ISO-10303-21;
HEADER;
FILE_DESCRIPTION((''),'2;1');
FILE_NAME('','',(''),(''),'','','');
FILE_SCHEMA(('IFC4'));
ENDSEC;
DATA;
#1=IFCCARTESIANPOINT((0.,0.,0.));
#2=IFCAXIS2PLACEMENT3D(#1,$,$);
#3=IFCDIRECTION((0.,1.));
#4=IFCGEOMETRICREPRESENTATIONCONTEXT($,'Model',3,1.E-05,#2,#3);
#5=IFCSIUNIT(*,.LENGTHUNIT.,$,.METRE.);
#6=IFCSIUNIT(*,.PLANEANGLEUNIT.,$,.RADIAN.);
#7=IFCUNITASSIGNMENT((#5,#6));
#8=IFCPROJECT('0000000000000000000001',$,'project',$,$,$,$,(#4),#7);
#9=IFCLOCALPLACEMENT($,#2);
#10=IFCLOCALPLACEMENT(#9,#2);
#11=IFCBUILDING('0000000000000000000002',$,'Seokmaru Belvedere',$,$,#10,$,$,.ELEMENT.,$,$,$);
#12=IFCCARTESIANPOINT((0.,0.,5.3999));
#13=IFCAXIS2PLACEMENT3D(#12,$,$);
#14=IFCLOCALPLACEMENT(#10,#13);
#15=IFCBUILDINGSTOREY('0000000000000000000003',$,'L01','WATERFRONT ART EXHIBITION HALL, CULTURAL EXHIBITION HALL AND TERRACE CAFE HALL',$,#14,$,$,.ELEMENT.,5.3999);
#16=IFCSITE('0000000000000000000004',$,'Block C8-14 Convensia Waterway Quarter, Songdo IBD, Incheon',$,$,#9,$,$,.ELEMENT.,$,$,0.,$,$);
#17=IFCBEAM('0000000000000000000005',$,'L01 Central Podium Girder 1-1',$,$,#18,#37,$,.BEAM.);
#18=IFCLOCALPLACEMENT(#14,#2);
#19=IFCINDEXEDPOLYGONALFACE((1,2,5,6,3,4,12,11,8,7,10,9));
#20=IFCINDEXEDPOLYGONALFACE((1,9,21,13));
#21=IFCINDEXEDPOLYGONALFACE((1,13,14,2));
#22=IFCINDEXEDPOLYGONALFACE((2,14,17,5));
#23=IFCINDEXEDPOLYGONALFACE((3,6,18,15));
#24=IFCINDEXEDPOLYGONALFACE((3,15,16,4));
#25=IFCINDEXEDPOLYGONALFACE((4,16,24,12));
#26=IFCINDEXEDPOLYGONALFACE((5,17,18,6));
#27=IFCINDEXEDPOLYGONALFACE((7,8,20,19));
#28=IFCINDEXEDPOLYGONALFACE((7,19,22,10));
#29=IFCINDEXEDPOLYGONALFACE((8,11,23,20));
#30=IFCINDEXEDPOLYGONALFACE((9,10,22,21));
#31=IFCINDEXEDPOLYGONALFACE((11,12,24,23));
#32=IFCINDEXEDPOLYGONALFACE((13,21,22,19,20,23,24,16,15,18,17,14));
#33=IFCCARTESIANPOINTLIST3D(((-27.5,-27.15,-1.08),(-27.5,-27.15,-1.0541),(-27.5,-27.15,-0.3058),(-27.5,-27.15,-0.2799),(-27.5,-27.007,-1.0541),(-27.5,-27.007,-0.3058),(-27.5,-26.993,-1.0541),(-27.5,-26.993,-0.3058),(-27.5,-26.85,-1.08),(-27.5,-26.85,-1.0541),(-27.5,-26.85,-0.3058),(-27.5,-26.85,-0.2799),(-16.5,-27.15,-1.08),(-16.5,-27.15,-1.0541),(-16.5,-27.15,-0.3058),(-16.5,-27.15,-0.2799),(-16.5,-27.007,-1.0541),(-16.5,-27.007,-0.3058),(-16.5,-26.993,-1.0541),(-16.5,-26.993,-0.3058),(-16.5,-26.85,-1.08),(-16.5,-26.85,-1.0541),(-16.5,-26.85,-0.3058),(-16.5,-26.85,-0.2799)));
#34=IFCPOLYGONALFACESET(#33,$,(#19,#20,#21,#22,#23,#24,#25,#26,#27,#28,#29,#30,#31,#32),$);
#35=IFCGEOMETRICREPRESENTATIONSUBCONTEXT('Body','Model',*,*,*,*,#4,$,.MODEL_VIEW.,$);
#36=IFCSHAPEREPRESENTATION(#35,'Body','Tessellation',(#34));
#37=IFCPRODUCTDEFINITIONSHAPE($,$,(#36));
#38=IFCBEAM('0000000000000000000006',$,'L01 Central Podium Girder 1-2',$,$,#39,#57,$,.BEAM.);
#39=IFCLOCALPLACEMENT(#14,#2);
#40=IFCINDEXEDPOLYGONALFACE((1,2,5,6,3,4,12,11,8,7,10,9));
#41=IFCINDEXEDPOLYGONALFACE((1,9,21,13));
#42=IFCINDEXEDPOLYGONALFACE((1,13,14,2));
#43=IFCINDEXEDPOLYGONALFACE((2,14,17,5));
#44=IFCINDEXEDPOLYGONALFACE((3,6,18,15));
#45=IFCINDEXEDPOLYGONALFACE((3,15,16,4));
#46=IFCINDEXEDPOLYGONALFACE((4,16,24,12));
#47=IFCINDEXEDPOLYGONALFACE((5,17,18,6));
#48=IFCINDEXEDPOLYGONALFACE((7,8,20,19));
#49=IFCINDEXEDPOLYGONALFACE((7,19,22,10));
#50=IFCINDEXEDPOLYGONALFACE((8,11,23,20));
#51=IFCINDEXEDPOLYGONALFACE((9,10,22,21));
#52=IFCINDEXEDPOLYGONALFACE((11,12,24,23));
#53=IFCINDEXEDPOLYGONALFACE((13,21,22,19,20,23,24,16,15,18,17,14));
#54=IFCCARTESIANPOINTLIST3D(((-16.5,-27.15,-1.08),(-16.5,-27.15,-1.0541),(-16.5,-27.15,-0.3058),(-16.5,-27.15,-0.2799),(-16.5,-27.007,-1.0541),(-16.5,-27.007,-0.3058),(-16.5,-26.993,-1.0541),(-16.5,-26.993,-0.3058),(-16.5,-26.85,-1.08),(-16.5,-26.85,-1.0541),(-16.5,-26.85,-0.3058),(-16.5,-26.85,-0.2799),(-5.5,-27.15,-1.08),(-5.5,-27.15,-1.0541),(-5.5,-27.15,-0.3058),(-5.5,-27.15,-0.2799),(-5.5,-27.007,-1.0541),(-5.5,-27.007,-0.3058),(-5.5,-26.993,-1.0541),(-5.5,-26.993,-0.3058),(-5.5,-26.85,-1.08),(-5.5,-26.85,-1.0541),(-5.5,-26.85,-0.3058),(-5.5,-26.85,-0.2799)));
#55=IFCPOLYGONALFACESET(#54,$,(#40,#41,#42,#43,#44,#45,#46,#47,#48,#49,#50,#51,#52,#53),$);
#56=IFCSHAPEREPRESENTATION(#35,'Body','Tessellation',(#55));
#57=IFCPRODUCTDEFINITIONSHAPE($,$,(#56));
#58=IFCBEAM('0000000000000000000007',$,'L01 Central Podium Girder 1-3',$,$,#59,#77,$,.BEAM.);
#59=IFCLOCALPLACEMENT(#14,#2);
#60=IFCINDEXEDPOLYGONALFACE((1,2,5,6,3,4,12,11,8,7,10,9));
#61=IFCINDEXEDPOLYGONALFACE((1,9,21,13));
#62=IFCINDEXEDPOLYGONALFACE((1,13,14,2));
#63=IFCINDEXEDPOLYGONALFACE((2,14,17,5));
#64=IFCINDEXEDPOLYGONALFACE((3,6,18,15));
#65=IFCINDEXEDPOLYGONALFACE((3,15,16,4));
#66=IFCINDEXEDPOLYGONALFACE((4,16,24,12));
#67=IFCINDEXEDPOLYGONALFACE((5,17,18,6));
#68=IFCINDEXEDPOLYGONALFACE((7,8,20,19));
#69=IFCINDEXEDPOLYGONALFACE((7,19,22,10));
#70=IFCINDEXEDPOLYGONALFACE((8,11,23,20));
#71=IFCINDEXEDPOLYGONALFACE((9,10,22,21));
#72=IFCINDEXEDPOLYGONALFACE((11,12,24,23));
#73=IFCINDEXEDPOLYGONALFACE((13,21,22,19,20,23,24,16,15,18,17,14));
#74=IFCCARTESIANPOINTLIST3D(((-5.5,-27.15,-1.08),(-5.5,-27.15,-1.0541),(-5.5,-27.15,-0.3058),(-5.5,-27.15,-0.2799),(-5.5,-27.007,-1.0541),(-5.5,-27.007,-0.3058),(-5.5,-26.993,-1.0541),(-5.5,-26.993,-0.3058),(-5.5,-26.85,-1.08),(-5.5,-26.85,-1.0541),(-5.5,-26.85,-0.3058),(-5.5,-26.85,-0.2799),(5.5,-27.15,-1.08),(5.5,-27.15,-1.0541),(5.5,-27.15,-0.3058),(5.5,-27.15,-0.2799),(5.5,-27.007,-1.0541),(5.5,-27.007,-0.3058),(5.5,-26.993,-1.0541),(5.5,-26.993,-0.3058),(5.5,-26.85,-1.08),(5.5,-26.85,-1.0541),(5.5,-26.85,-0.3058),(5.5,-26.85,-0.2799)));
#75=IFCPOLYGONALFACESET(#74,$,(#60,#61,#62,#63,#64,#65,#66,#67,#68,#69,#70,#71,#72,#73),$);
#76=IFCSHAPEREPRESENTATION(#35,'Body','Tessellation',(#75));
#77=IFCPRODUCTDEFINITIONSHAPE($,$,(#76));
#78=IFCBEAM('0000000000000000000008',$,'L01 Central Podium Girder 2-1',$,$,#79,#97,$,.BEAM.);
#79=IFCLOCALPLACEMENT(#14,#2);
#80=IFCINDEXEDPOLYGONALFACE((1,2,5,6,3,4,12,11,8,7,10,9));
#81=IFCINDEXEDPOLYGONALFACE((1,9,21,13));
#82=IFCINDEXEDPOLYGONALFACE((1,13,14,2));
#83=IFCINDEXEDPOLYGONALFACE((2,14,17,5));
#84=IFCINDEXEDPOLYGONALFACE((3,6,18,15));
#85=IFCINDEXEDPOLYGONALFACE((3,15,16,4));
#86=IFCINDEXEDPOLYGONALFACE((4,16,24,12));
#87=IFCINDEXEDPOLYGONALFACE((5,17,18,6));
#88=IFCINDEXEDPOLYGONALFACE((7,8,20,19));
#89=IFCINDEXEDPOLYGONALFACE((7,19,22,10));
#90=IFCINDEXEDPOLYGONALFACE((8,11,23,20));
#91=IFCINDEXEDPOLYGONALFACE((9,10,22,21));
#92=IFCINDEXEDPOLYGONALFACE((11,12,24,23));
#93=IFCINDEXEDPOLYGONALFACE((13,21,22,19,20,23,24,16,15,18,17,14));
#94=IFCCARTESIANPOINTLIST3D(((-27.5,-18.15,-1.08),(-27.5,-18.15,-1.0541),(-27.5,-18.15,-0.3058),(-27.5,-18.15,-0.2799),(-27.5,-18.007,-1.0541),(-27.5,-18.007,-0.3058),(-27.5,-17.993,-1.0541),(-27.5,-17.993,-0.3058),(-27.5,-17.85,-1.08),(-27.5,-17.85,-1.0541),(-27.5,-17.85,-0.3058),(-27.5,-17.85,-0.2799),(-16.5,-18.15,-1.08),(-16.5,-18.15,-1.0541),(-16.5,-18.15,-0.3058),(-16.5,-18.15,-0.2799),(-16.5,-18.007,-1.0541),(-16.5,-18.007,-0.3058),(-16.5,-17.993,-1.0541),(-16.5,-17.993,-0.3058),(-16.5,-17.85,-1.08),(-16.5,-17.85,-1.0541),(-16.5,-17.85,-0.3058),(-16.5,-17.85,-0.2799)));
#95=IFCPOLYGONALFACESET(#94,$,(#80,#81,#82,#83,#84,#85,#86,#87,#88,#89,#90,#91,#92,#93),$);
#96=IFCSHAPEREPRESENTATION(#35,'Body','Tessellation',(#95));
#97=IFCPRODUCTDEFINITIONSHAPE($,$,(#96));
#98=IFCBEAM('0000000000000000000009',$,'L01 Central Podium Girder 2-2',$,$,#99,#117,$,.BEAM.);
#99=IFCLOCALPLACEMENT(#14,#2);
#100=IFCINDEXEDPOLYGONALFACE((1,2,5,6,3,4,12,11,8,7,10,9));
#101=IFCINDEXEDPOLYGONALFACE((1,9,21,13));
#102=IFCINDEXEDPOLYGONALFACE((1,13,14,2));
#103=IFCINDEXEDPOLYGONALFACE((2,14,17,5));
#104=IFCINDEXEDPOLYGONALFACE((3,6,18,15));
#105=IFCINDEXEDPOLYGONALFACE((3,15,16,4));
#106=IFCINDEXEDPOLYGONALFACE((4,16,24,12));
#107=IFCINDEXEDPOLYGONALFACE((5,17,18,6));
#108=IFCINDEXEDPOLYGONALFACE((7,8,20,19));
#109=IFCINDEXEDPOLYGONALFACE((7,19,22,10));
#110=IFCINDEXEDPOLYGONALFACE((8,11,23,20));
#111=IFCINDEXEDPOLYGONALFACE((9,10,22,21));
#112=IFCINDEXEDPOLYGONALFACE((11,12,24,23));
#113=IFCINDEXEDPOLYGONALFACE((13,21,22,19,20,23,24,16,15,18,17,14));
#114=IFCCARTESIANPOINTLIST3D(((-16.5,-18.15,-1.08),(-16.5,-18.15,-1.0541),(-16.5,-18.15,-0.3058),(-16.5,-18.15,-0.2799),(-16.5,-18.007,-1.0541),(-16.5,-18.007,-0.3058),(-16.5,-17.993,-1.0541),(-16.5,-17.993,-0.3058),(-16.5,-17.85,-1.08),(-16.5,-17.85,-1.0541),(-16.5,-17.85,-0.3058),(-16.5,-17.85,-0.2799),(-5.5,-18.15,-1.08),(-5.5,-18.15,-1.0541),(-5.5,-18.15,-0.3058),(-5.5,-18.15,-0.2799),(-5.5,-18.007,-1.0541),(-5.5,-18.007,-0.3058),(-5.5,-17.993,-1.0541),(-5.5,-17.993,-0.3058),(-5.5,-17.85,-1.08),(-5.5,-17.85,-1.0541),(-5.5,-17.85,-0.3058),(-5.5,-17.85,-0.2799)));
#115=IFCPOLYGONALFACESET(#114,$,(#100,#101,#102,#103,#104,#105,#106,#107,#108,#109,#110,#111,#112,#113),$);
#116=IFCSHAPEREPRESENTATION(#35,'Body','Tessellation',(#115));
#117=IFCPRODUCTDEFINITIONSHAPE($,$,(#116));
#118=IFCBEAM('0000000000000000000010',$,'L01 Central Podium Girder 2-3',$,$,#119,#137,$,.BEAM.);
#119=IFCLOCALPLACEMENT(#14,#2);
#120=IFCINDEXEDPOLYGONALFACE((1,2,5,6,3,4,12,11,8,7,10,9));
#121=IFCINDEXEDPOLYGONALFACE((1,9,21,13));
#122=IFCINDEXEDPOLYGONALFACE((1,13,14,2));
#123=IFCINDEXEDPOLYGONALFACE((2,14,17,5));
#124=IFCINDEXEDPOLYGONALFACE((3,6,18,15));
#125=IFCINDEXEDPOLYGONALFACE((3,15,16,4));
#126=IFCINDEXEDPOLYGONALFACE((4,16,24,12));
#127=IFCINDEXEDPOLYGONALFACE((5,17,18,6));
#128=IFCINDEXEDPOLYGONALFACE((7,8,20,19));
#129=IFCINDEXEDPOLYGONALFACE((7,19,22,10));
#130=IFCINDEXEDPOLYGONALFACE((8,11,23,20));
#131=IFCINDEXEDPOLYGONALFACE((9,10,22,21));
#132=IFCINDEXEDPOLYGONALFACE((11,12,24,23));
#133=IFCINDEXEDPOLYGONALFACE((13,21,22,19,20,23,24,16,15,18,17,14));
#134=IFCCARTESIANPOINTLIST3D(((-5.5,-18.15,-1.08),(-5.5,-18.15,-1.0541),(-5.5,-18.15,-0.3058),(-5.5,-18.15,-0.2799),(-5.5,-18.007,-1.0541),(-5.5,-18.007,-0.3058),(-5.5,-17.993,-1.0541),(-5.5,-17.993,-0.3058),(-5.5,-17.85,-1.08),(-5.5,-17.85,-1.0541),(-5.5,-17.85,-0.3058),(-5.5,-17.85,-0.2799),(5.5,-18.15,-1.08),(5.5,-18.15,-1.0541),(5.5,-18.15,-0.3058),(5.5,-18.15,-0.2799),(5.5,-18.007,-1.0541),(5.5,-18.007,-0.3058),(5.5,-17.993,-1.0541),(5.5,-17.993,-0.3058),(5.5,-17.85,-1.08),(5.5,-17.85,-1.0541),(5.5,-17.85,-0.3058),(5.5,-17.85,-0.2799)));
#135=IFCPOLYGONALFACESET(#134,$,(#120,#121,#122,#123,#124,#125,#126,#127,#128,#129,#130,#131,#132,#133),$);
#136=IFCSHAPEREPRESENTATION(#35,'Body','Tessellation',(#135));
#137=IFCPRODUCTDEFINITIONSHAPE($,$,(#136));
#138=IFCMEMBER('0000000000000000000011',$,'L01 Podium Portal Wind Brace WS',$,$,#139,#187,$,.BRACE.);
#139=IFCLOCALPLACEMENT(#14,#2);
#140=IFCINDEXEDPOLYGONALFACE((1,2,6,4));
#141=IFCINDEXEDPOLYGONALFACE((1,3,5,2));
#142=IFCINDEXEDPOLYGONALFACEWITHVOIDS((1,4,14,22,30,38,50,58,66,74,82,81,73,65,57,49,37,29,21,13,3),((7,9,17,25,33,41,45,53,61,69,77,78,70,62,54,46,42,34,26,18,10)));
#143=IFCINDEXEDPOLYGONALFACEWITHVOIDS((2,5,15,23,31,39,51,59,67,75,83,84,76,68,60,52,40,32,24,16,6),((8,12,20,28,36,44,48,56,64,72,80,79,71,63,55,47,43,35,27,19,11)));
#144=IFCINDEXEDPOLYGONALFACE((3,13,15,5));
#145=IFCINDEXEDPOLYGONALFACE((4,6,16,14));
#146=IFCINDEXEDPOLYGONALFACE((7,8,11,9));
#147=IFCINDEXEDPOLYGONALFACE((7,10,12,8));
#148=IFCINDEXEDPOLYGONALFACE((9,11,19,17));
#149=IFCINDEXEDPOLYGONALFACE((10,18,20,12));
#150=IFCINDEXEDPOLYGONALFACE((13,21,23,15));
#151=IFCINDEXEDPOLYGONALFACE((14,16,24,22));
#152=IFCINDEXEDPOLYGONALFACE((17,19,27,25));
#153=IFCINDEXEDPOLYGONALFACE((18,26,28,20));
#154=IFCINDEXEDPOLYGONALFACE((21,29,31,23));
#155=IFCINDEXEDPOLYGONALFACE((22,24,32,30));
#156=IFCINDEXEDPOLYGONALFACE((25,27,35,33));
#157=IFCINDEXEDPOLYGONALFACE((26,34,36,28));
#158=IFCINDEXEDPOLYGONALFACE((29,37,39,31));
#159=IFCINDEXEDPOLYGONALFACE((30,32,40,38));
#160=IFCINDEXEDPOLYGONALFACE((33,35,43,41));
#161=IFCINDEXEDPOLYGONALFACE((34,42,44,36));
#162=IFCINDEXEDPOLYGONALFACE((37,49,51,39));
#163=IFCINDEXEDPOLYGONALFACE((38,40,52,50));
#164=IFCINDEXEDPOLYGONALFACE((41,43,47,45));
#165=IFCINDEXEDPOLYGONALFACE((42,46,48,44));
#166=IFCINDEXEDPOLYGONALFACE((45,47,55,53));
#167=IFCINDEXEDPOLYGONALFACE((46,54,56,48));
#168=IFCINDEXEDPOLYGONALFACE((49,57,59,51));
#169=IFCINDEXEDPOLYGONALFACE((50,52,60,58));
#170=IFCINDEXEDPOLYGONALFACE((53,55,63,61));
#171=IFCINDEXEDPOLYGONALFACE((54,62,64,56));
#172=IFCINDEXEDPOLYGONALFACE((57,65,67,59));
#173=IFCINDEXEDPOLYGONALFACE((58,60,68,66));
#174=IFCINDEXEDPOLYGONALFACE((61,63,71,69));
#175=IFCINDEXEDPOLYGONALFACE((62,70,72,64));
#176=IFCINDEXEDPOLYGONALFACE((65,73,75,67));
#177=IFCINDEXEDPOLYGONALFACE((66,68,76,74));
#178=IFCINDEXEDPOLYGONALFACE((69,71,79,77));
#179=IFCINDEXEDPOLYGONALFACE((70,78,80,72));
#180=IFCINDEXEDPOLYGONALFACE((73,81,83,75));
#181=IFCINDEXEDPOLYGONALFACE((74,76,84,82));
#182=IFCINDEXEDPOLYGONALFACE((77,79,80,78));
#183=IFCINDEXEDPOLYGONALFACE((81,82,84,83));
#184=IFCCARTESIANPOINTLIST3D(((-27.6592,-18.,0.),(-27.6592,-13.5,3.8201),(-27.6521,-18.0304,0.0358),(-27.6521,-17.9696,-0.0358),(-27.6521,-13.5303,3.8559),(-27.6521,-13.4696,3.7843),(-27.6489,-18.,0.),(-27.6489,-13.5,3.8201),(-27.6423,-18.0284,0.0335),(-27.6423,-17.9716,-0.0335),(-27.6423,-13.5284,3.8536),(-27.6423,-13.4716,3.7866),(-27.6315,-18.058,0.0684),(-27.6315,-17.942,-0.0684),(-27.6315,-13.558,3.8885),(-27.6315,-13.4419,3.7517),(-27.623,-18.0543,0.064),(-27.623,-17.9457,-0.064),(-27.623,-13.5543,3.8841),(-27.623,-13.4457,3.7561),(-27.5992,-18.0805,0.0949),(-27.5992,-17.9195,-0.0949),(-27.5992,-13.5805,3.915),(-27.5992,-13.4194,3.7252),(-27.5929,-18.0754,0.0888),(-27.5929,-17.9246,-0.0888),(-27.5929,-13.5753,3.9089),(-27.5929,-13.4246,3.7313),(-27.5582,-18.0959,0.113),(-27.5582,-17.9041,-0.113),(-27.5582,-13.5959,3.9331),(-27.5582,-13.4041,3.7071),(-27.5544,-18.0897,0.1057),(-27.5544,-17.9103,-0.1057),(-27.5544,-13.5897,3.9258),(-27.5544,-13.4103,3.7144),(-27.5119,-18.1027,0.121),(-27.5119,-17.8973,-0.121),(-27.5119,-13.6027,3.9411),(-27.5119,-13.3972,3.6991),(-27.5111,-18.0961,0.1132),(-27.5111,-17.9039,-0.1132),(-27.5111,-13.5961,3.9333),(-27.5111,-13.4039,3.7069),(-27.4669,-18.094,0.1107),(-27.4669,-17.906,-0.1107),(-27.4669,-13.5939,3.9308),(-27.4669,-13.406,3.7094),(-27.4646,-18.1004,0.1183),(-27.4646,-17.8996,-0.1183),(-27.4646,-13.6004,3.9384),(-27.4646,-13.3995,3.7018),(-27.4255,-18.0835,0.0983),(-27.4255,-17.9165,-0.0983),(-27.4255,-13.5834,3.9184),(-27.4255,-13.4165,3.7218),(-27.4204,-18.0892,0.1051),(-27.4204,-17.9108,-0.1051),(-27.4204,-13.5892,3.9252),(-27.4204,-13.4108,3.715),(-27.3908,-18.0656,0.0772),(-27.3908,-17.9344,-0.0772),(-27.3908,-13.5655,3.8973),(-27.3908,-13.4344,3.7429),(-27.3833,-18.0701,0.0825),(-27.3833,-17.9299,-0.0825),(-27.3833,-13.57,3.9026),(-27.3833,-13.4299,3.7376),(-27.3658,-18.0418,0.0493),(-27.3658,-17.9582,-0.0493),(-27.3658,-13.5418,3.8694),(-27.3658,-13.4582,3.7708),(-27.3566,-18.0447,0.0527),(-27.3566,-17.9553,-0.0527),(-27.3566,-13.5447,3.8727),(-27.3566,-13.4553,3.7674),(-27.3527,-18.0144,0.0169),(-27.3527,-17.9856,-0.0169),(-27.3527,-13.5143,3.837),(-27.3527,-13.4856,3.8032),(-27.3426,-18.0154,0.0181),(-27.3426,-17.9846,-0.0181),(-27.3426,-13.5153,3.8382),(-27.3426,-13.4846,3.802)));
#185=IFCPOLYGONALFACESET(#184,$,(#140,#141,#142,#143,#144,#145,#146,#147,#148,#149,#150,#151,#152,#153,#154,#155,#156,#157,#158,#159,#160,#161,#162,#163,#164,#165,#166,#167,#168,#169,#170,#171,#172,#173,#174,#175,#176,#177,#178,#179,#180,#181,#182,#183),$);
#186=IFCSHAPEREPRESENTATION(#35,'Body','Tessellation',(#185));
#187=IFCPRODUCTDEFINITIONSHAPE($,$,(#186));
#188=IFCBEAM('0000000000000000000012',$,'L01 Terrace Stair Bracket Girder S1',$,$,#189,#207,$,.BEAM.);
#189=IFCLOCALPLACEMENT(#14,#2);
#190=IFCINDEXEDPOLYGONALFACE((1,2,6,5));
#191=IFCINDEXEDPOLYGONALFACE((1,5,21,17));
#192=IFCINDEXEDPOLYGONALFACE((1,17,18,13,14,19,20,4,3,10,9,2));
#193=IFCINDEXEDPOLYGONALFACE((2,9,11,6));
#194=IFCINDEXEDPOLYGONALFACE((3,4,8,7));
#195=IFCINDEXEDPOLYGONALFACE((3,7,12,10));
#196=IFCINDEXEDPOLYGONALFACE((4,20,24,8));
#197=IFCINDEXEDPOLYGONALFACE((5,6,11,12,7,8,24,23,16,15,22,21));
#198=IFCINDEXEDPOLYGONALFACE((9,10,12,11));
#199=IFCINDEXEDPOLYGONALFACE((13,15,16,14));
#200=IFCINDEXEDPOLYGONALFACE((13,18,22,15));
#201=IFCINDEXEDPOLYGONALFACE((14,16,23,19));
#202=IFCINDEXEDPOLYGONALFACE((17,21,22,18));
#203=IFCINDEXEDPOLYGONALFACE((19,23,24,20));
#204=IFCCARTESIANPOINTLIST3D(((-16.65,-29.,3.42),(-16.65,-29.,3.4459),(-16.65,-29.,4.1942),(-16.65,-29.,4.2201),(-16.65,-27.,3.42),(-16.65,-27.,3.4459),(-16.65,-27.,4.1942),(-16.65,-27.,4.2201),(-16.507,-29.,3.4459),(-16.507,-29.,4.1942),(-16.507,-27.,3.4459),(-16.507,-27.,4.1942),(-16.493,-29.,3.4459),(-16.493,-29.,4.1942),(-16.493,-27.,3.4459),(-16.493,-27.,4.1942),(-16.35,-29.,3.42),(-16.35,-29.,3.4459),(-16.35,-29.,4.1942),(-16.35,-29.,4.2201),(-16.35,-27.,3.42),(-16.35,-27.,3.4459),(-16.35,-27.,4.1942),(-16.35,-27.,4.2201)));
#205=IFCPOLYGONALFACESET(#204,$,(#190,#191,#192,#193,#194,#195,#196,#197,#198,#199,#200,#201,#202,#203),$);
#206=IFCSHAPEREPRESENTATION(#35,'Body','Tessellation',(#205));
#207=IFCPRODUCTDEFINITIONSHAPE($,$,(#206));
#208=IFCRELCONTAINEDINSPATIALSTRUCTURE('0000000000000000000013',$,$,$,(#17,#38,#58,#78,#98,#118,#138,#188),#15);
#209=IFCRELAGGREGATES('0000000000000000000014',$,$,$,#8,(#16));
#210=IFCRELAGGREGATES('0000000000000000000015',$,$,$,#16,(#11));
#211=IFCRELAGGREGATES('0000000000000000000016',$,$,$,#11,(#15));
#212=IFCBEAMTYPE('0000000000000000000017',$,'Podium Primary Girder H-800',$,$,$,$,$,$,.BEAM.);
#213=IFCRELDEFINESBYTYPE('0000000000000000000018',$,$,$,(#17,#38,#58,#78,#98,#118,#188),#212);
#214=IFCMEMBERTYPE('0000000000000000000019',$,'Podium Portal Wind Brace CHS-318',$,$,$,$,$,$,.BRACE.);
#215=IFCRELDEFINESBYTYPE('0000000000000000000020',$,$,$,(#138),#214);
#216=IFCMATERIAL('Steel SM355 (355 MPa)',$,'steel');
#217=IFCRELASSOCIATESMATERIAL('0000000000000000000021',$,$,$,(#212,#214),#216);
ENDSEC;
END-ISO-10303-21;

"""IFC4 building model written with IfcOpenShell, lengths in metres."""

from ifc_helpers import new_model, si_unit, direction, frame, origin, origin_2d, place, context, subcontext, project, spatial, hollow_circle, i_section, extrude, source, transform, mapped, material, material_profile, profile_set, type_object, element, save


model = new_model("IFC4")

# Units and contexts
model_context = context("Model", 3, precision=1e-05, world=origin(), true_north=direction((0.0, 1.0)))
body_context = subcontext(model_context, "Body", "Model", "MODEL_VIEW")
ifc_project = project(units=[si_unit("LENGTHUNIT", "METRE"), si_unit("PLANEANGLEUNIT", "RADIAN")], contexts=[model_context])

# Site, building, storey
site_placement = place(None, origin())
site = spatial("IfcSite", under=ifc_project, at=site_placement, Name="Block C8-14 Convensia Waterway Quarter, Songdo IBD, Incheon", CompositionType="ELEMENT", RefElevation=0.0)
building_placement = place(site_placement, origin())
building = spatial("IfcBuilding", under=site, at=building_placement, Name="Seokmaru Belvedere", CompositionType="ELEMENT")
storey_placement = place(building_placement, frame((0.0, 0.0, 5.3999)))
storey = spatial("IfcBuildingStorey", under=building, at=storey_placement, Name="L01", Description="WATERFRONT ART EXHIBITION HALL, CULTURAL EXHIBITION HALL AND TERRACE CAFE HALL", CompositionType="ELEMENT", Elevation=5.3999)

# Beams
ifc_material_1 = material(Name="Steel SM355 (355 MPa)", Category="steel")
ifc_material_profile_1 = material_profile(ifc_material_1, i_section(OverallWidth=0.3, OverallDepth=0.8, WebThickness=0.0139, FlangeThickness=0.0259, at=origin_2d()), Name="H-800x300x14x26")
ifc_profile_set_1 = profile_set([ifc_material_profile_1], Name="Steel SM355 (355 MPa)")
beam_type_1 = type_object("IfcBeamType", Name="Podium Primary Girder H-800", PredefinedType="BEAM", material=ifc_profile_set_1)
shared_shape_1 = source(origin(), body_context, "Body", "SweptSolid", [
    extrude(i_section(OverallWidth=0.3, OverallDepth=0.8, WebThickness=0.0139, FlangeThickness=0.0259, at=origin_2d()), origin(), (0.0, 0.0, 1.0), 11.0),
])
for number, where, z_axis, x_axis, name in (
    (1, (-27.5, -27.0, -0.6799), (1.0, 0.0, 0.0), (0.0, 1.0, 0.0), "L01 Central Podium Girder 1-1"),
    (2, (-16.5, -27.0, -0.6799), (1.0, 0.0, 0.0), (0.0, 1.0, 0.0), "L01 Central Podium Girder 1-2"),
    (3, (-5.5, -27.0, -0.6799), (1.0, 0.0, 0.0), (0.0, 1.0, 0.0), "L01 Central Podium Girder 1-3"),
    (4, (-27.5, -18.0, -0.6799), (1.0, 0.0, 0.0), (0.0, 1.0, 0.0), "L01 Central Podium Girder 2-1"),
    (5, (-16.5, -18.0, -0.6799), (1.0, 0.0, 0.0), (0.0, 1.0, 0.0), "L01 Central Podium Girder 2-2"),
    (6, (-5.5, -18.0, -0.6799), (1.0, 0.0, 0.0), (0.0, 1.0, 0.0), "L01 Central Podium Girder 2-3"),
):
    element("IfcBeam", number, at=place(storey_placement, frame(where, z_axis=z_axis, x_axis=x_axis)), inside=storey, type_object=beam_type_1, Name=name, PredefinedType="BEAM", context=body_context, shape_type="MappedRepresentation", body=[
        mapped(shared_shape_1, transform((0.0, 0.0, 0.0), scale=1.0)),
    ])

# Member
ifc_material_profile_2 = material_profile(ifc_material_1, hollow_circle(Radius=0.1592, WallThickness=0.0103, at=origin_2d()), Name="CHS-318.5x10.3")
ifc_profile_set_2 = profile_set([ifc_material_profile_2], Name="Steel SM355 (355 MPa)")
member_type = type_object("IfcMemberType", Name="Podium Portal Wind Brace CHS-318", PredefinedType="BRACE", material=ifc_profile_set_2)
shared_shape_2 = source(origin(), body_context, "Body", "SweptSolid", [
    extrude(hollow_circle(Radius=0.1592, WallThickness=0.0103, at=origin_2d()), origin(), (0.0, 0.0, 1.0), 5.9028),
])
member_1_placement = place(storey_placement, frame((-27.5, -18.0, 0.0), z_axis=(0.0, 0.762351, 0.647163), x_axis=(-1.0, 0.0, 0.0)))
element("IfcMember", 7, at=member_1_placement, inside=storey, type_object=member_type, Name="L01 Podium Portal Wind Brace WS", PredefinedType="BRACE", context=body_context, shape_type="MappedRepresentation", body=[
    mapped(shared_shape_2, transform((0.0, 0.0, 0.0), scale=1.0)),
])

# Beam
shared_shape_3 = source(origin(), body_context, "Body", "SweptSolid", [
    extrude(i_section(OverallWidth=0.3, OverallDepth=0.8, WebThickness=0.0139, FlangeThickness=0.0259, at=origin_2d()), origin(), (0.0, 0.0, 1.0), 2.0),
])
beam_1_placement = place(storey_placement, frame((-16.5, -27.0, 3.8201), z_axis=(0.0, -1.0, 0.0), x_axis=(1.0, 0.0, 0.0)))
element("IfcBeam", 8, at=beam_1_placement, inside=storey, type_object=beam_type_1, Name="L01 Terrace Stair Bracket Girder S1", PredefinedType="BEAM", context=body_context, shape_type="MappedRepresentation", body=[
    mapped(shared_shape_3, transform((0.0, 0.0, 0.0), scale=1.0)),
])

save(model, "model.ifc")
